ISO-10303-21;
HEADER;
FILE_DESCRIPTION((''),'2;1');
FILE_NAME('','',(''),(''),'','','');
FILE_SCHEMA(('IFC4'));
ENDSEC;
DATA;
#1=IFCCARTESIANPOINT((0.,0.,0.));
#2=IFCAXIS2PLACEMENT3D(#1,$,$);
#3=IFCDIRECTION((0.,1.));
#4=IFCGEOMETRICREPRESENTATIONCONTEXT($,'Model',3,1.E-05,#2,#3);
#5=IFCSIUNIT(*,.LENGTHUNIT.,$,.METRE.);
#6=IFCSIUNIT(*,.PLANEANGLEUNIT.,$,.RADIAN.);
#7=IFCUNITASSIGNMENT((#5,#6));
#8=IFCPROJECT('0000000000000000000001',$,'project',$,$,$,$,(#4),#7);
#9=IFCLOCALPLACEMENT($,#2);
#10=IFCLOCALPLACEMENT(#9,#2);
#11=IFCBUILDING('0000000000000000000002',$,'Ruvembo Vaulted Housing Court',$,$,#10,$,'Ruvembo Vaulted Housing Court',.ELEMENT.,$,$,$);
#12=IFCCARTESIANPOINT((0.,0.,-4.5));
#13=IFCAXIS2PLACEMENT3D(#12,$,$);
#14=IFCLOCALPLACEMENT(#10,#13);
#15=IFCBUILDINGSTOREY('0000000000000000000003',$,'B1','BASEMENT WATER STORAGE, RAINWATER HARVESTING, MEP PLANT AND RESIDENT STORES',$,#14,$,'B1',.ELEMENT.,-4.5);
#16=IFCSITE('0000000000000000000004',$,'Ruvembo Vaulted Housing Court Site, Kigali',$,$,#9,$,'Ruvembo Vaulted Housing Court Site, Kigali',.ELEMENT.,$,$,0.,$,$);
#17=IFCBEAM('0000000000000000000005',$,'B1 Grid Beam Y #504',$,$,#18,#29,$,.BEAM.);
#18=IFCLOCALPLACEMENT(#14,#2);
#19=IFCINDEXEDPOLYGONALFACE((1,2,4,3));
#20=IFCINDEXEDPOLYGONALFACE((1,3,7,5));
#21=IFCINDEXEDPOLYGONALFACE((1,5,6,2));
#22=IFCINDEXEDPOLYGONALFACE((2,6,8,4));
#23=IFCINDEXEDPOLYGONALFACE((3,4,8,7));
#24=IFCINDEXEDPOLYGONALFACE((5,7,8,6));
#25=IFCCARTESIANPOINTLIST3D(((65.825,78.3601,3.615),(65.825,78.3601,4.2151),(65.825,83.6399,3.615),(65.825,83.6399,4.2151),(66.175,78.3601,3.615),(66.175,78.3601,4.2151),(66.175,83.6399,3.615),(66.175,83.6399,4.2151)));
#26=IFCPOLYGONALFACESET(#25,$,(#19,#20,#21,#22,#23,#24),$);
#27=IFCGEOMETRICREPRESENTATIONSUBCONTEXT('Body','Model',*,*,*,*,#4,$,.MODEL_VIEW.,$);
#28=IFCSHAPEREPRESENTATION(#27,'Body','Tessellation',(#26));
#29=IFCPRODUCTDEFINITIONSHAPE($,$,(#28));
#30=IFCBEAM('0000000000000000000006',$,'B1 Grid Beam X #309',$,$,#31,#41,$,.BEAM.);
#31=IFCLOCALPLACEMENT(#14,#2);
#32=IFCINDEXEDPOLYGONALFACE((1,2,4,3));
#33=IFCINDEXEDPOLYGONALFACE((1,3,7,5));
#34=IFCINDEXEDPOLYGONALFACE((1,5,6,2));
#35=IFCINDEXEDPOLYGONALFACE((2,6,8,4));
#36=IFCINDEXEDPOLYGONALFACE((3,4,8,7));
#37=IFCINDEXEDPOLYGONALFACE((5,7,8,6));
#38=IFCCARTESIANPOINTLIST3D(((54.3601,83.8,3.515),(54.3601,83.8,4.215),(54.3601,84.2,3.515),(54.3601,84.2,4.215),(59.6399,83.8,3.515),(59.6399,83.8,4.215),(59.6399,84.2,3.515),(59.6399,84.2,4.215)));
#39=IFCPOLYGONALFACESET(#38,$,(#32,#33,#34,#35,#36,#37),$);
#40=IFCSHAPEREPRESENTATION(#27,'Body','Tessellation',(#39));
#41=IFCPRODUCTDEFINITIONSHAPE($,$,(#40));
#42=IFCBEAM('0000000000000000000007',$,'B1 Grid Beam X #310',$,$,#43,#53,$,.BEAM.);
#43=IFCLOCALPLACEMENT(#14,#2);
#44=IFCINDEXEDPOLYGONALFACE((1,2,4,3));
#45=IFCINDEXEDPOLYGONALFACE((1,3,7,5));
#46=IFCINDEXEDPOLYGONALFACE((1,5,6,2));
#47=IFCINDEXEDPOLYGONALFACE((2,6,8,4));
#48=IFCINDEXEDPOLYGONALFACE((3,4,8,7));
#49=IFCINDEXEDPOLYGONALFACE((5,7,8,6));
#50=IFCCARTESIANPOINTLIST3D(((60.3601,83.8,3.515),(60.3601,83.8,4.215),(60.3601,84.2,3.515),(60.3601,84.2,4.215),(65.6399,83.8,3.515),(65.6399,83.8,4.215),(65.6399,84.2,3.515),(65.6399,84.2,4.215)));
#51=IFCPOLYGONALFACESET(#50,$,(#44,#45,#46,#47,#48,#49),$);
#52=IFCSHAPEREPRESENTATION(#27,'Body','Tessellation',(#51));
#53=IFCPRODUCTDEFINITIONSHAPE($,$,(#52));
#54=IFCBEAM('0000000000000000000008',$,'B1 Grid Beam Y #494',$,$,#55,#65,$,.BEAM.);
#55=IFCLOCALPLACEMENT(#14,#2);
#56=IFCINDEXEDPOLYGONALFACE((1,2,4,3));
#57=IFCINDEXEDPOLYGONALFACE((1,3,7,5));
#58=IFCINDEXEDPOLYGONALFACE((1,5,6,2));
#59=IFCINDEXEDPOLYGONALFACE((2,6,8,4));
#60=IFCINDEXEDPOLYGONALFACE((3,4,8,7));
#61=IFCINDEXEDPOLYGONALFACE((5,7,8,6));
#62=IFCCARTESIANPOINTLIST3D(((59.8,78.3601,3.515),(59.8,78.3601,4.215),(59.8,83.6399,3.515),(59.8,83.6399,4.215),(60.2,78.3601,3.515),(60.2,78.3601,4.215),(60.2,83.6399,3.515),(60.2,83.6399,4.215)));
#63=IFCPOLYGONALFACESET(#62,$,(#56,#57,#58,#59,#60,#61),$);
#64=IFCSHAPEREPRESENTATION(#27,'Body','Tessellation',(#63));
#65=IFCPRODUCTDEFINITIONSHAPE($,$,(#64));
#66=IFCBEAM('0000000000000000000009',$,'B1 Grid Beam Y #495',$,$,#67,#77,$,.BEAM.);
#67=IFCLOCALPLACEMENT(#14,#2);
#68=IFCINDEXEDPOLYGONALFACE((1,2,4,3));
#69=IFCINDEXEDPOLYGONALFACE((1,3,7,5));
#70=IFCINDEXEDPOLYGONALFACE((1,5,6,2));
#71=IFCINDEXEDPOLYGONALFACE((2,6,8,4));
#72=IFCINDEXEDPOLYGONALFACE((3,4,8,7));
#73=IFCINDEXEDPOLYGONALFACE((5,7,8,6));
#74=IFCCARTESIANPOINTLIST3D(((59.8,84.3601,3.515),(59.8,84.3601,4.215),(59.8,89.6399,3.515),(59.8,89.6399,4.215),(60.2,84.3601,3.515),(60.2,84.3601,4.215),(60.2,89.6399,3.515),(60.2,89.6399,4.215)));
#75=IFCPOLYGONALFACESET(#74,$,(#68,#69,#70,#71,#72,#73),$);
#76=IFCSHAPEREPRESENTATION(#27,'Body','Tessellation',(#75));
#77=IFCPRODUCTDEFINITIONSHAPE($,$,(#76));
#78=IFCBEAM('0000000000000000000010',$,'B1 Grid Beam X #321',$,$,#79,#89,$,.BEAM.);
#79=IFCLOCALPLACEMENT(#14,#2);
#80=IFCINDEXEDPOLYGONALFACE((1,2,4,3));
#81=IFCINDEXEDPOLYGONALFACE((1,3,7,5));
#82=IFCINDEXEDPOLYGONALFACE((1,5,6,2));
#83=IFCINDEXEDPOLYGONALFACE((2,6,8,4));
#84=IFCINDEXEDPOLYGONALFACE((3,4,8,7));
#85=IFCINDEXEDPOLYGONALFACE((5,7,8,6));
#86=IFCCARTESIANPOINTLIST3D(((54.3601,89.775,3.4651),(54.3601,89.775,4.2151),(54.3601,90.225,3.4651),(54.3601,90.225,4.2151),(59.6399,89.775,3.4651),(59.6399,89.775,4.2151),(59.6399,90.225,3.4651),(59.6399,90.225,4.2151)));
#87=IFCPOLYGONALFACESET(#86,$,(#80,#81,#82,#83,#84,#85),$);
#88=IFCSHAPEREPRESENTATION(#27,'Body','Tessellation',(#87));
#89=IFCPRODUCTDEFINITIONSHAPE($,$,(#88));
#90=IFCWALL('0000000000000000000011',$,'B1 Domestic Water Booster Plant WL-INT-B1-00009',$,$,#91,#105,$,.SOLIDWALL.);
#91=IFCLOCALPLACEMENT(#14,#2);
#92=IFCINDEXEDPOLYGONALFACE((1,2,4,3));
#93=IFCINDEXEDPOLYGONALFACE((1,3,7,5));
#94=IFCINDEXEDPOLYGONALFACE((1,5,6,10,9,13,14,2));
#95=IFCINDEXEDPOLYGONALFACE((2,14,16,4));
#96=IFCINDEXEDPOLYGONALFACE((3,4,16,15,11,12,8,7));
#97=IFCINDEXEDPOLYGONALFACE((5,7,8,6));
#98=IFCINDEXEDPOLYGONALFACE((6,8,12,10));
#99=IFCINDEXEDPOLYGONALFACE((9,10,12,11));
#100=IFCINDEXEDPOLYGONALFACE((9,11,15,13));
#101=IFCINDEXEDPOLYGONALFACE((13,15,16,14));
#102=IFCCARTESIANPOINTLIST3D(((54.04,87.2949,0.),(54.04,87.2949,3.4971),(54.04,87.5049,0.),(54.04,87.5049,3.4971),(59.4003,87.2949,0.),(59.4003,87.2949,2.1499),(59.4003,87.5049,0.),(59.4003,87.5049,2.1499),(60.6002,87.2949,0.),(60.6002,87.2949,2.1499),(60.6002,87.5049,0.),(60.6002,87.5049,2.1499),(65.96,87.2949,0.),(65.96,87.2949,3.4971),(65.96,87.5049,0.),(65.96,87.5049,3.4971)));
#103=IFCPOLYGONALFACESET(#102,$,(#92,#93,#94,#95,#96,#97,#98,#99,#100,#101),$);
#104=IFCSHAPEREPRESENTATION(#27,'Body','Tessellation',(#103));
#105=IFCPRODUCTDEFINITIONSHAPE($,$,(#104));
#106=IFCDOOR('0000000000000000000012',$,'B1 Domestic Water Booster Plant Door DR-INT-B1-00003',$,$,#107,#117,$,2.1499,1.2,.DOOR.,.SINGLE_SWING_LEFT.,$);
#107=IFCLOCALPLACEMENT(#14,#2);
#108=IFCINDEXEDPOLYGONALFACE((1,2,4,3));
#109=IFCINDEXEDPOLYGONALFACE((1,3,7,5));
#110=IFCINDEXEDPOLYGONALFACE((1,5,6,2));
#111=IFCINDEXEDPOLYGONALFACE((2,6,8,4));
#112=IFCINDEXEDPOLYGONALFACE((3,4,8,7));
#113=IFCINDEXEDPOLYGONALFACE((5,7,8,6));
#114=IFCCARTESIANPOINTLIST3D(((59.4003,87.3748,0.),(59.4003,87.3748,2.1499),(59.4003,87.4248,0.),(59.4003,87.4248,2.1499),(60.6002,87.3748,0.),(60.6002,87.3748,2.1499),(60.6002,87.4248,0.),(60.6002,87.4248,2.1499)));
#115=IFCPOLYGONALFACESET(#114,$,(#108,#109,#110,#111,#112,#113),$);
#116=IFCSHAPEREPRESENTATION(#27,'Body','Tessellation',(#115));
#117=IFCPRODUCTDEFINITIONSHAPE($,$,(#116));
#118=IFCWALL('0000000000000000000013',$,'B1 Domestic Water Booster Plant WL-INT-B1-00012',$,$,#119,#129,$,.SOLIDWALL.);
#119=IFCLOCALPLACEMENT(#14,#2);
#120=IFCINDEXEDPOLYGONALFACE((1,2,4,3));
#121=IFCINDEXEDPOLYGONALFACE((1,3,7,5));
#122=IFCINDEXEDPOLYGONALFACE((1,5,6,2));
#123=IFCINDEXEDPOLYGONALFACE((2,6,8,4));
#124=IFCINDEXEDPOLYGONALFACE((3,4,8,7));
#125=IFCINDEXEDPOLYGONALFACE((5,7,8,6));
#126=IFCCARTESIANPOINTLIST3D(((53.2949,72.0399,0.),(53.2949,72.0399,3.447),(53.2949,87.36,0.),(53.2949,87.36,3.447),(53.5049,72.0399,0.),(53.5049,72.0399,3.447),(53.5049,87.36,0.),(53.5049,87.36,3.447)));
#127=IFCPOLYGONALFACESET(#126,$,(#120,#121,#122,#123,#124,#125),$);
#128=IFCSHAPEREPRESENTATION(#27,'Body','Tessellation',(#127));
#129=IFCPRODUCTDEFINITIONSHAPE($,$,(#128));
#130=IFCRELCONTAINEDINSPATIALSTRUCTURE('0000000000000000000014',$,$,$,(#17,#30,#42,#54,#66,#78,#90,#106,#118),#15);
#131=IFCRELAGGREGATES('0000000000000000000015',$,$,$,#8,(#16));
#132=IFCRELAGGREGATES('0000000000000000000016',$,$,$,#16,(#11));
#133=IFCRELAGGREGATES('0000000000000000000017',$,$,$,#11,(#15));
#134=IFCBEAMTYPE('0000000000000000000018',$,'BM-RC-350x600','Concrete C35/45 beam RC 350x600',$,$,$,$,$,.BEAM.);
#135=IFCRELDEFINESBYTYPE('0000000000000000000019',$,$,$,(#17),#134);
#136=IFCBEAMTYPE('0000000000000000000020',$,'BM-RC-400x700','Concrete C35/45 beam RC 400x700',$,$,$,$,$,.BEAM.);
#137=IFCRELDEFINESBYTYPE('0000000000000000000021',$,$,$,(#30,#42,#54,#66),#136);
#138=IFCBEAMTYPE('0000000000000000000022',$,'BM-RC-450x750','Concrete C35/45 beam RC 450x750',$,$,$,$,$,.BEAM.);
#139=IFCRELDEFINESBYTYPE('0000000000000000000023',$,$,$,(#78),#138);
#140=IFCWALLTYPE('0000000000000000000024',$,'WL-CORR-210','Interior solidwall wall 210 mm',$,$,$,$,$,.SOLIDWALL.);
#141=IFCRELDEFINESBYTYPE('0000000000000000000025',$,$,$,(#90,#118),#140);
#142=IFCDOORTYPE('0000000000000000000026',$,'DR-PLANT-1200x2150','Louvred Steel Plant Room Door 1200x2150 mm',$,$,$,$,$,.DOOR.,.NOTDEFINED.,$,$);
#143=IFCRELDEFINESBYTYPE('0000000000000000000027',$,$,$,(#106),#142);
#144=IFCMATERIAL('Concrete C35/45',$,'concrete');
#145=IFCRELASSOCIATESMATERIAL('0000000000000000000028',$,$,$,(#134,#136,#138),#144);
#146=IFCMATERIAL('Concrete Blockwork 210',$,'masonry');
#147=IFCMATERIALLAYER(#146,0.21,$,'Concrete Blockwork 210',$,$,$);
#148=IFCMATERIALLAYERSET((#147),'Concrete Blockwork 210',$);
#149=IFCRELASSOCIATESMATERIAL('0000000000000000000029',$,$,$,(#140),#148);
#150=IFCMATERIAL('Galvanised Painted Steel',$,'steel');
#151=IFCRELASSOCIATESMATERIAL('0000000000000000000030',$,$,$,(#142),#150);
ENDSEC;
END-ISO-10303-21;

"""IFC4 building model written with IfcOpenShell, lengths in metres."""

from ifc_helpers import new_model, si_unit, direction, frame, frame_2d, origin, origin_2d, place, context, subcontext, project, spatial, rectangle, extrude, material, layer, layer_set, material_profile, profile_set, type_object, element, fill, save


model = new_model("IFC4")

# Units and contexts
model_context = context("Model", 3, precision=1e-05, world=origin(), true_north=direction((0.0, 1.0)))
body_context = subcontext(model_context, "Body", "Model", "MODEL_VIEW")
ifc_project = project(units=[si_unit("LENGTHUNIT", "METRE"), si_unit("PLANEANGLEUNIT", "RADIAN")], contexts=[model_context])

# Site, building, storey
site_placement = place(None, origin())
site = spatial("IfcSite", under=ifc_project, at=site_placement, Name="Ruvembo Vaulted Housing Court Site, Kigali", LongName="Ruvembo Vaulted Housing Court Site, Kigali", CompositionType="ELEMENT", RefElevation=0.0)
building_placement = place(site_placement, origin())
building = spatial("IfcBuilding", under=site, at=building_placement, Name="Ruvembo Vaulted Housing Court", LongName="Ruvembo Vaulted Housing Court", CompositionType="ELEMENT")
storey_placement = place(building_placement, frame((0.0, 0.0, -4.5)))
storey = spatial("IfcBuildingStorey", under=building, at=storey_placement, Name="B1", Description="BASEMENT WATER STORAGE, RAINWATER HARVESTING, MEP PLANT AND RESIDENT STORES", LongName="B1", CompositionType="ELEMENT", Elevation=-4.5)

# Shared definitions
ifc_material_1 = material(Name="Concrete C35/45", Category="concrete")

# Beams
ifc_material_profile_1 = material_profile(ifc_material_1, rectangle(XDim=0.3501, YDim=0.6001, at=origin_2d()), Name="RC 350x600")
ifc_profile_set_1 = profile_set([ifc_material_profile_1], Name="Concrete C35/45")
beam_type_1 = type_object("IfcBeamType", Name="BM-RC-350x600", Description="Concrete C35/45 beam RC 350x600", PredefinedType="BEAM", material=ifc_profile_set_1)
for number, where, z_axis, x_axis, name in (
    (1, (66.0, 78.3601, 3.915), (0.0, 1.0, 0.0), (-1.0, 0.0, 0.0), "B1 Grid Beam Y #504"),
):
    element("IfcBeam", number, at=place(storey_placement, frame(where, z_axis=z_axis, x_axis=x_axis)), inside=storey, type_object=beam_type_1, Name=name, PredefinedType="BEAM", context=body_context, shape_type="SweptSolid", body=[
        extrude(rectangle(XDim=0.3501, YDim=0.6001, at=origin_2d()), origin(), (0.0, 0.0, 1.0), 5.2798),
    ])
ifc_material_profile_2 = material_profile(ifc_material_1, rectangle(XDim=0.3999, YDim=0.7, at=origin_2d()), Name="RC 400x700")
ifc_profile_set_2 = profile_set([ifc_material_profile_2], Name="Concrete C35/45")
beam_type_2 = type_object("IfcBeamType", Name="BM-RC-400x700", Description="Concrete C35/45 beam RC 400x700", PredefinedType="BEAM", material=ifc_profile_set_2)
for number, where, z_axis, x_axis, name in (
    (2, (54.3601, 84.0, 3.865), (1.0, 0.0, 0.0), (0.0, 1.0, 0.0), "B1 Grid Beam X #309"),
    (3, (60.3601, 84.0, 3.865), (1.0, 0.0, 0.0), (0.0, 1.0, 0.0), "B1 Grid Beam X #310"),
    (4, (60.0, 78.3601, 3.865), (0.0, 1.0, 0.0), (-1.0, 0.0, 0.0), "B1 Grid Beam Y #494"),
    (5, (60.0, 84.3601, 3.865), (0.0, 1.0, 0.0), (-1.0, 0.0, 0.0), "B1 Grid Beam Y #495"),
):
    element("IfcBeam", number, at=place(storey_placement, frame(where, z_axis=z_axis, x_axis=x_axis)), inside=storey, type_object=beam_type_2, Name=name, PredefinedType="BEAM", context=body_context, shape_type="SweptSolid", body=[
        extrude(rectangle(XDim=0.3999, YDim=0.7, at=origin_2d()), origin(), (0.0, 0.0, 1.0), 5.2798),
    ])
ifc_material_profile_3 = material_profile(ifc_material_1, rectangle(XDim=0.45, YDim=0.75, at=origin_2d()), Name="RC 450x750")
ifc_profile_set_3 = profile_set([ifc_material_profile_3], Name="Concrete C35/45")
beam_type_3 = type_object("IfcBeamType", Name="BM-RC-450x750", Description="Concrete C35/45 beam RC 450x750", PredefinedType="BEAM", material=ifc_profile_set_3)
beam_placement = place(storey_placement, frame((54.3601, 90.0, 3.8401), z_axis=(1.0, 0.0, 0.0), x_axis=(0.0, 1.0, 0.0)))
element("IfcBeam", 6, at=beam_placement, inside=storey, type_object=beam_type_3, Name="B1 Grid Beam X #321", PredefinedType="BEAM", context=body_context, shape_type="SweptSolid", body=[
    extrude(rectangle(XDim=0.45, YDim=0.75, at=origin_2d()), origin(), (0.0, 0.0, 1.0), 5.2798),
])

# Wall, opening, door
ifc_material_2 = material(Name="Concrete Blockwork 210", Category="masonry")
ifc_layer = layer(ifc_material_2, 0.21, Name="Concrete Blockwork 210")
ifc_layer_set = layer_set([ifc_layer], Name="Concrete Blockwork 210")
wall_type = type_object("IfcWallType", Name="WL-CORR-210", Description="Interior solidwall wall 210 mm", PredefinedType="SOLIDWALL", material=ifc_layer_set)
wall_1_placement = place(storey_placement, frame((54.04, 87.3999, 0.0), z_axis=(0.0, 0.0, 1.0), x_axis=(1.0, 0.0, 0.0)))
wall_1 = element("IfcWall", 7, at=wall_1_placement, inside=storey, type_object=wall_type, Name="B1 Domestic Water Booster Plant WL-INT-B1-00009", PredefinedType="SOLIDWALL", context=body_context, shape_type="SweptSolid", body=[
    extrude(rectangle(XDim=11.9199, YDim=0.21, at=frame_2d((5.96, 0.0))), origin(), (0.0, 0.0, 1.0), 3.4971),
])
opening_placement = place(wall_1_placement, frame((5.3601, 0.0, 0.0)))
opening = element("IfcOpeningElement", 8, at=opening_placement, cuts=wall_1, PredefinedType="OPENING", context=body_context, shape_type="SweptSolid", body=[
    extrude(rectangle(XDim=1.2, YDim=2.1499, at=frame_2d((0.6001, 1.075))), frame((0.0, 0.115, 0.0), z_axis=(0.0, -1.0, 0.0), x_axis=(1.0, 0.0, 0.0)), (0.0, 0.0, 1.0), 0.23),
])
ifc_material_3 = material(Name="Galvanised Painted Steel", Category="steel")
door_type = type_object("IfcDoorType", Name="DR-PLANT-1200x2150", Description="Louvred Steel Plant Room Door 1200x2150 mm", OperationType="NOTDEFINED", PredefinedType="DOOR", material=ifc_material_3)
door_placement = place(opening_placement, origin())
door = element("IfcDoor", 9, at=door_placement, inside=storey, type_object=door_type, Name="B1 Domestic Water Booster Plant Door DR-INT-B1-00003", OperationType="SINGLE_SWING_LEFT", OverallHeight=2.1499, OverallWidth=1.2, PredefinedType="DOOR", context=body_context, shape_type="SweptSolid", body=[
    extrude(rectangle(XDim=1.2, YDim=2.1499, at=frame_2d((0.6001, 1.075))), frame((0.0, 0.0249, 0.0), z_axis=(0.0, -1.0, 0.0), x_axis=(1.0, 0.0, 0.0)), (0.0, 0.0, 1.0), 0.05),
])
fill(opening, door)

# Wall
wall_2_placement = place(storey_placement, frame((53.3999, 87.3601, 0.0), z_axis=(0.0, 0.0, 1.0), x_axis=(0.0, -1.0, 0.0)))
element("IfcWall", 10, at=wall_2_placement, inside=storey, type_object=wall_type, Name="B1 Domestic Water Booster Plant WL-INT-B1-00012", PredefinedType="SOLIDWALL", context=body_context, shape_type="SweptSolid", body=[
    extrude(rectangle(XDim=15.3201, YDim=0.21, at=frame_2d((7.6602, 0.0))), origin(), (0.0, 0.0, 1.0), 3.447),
])

save(model, "model.ifc")
